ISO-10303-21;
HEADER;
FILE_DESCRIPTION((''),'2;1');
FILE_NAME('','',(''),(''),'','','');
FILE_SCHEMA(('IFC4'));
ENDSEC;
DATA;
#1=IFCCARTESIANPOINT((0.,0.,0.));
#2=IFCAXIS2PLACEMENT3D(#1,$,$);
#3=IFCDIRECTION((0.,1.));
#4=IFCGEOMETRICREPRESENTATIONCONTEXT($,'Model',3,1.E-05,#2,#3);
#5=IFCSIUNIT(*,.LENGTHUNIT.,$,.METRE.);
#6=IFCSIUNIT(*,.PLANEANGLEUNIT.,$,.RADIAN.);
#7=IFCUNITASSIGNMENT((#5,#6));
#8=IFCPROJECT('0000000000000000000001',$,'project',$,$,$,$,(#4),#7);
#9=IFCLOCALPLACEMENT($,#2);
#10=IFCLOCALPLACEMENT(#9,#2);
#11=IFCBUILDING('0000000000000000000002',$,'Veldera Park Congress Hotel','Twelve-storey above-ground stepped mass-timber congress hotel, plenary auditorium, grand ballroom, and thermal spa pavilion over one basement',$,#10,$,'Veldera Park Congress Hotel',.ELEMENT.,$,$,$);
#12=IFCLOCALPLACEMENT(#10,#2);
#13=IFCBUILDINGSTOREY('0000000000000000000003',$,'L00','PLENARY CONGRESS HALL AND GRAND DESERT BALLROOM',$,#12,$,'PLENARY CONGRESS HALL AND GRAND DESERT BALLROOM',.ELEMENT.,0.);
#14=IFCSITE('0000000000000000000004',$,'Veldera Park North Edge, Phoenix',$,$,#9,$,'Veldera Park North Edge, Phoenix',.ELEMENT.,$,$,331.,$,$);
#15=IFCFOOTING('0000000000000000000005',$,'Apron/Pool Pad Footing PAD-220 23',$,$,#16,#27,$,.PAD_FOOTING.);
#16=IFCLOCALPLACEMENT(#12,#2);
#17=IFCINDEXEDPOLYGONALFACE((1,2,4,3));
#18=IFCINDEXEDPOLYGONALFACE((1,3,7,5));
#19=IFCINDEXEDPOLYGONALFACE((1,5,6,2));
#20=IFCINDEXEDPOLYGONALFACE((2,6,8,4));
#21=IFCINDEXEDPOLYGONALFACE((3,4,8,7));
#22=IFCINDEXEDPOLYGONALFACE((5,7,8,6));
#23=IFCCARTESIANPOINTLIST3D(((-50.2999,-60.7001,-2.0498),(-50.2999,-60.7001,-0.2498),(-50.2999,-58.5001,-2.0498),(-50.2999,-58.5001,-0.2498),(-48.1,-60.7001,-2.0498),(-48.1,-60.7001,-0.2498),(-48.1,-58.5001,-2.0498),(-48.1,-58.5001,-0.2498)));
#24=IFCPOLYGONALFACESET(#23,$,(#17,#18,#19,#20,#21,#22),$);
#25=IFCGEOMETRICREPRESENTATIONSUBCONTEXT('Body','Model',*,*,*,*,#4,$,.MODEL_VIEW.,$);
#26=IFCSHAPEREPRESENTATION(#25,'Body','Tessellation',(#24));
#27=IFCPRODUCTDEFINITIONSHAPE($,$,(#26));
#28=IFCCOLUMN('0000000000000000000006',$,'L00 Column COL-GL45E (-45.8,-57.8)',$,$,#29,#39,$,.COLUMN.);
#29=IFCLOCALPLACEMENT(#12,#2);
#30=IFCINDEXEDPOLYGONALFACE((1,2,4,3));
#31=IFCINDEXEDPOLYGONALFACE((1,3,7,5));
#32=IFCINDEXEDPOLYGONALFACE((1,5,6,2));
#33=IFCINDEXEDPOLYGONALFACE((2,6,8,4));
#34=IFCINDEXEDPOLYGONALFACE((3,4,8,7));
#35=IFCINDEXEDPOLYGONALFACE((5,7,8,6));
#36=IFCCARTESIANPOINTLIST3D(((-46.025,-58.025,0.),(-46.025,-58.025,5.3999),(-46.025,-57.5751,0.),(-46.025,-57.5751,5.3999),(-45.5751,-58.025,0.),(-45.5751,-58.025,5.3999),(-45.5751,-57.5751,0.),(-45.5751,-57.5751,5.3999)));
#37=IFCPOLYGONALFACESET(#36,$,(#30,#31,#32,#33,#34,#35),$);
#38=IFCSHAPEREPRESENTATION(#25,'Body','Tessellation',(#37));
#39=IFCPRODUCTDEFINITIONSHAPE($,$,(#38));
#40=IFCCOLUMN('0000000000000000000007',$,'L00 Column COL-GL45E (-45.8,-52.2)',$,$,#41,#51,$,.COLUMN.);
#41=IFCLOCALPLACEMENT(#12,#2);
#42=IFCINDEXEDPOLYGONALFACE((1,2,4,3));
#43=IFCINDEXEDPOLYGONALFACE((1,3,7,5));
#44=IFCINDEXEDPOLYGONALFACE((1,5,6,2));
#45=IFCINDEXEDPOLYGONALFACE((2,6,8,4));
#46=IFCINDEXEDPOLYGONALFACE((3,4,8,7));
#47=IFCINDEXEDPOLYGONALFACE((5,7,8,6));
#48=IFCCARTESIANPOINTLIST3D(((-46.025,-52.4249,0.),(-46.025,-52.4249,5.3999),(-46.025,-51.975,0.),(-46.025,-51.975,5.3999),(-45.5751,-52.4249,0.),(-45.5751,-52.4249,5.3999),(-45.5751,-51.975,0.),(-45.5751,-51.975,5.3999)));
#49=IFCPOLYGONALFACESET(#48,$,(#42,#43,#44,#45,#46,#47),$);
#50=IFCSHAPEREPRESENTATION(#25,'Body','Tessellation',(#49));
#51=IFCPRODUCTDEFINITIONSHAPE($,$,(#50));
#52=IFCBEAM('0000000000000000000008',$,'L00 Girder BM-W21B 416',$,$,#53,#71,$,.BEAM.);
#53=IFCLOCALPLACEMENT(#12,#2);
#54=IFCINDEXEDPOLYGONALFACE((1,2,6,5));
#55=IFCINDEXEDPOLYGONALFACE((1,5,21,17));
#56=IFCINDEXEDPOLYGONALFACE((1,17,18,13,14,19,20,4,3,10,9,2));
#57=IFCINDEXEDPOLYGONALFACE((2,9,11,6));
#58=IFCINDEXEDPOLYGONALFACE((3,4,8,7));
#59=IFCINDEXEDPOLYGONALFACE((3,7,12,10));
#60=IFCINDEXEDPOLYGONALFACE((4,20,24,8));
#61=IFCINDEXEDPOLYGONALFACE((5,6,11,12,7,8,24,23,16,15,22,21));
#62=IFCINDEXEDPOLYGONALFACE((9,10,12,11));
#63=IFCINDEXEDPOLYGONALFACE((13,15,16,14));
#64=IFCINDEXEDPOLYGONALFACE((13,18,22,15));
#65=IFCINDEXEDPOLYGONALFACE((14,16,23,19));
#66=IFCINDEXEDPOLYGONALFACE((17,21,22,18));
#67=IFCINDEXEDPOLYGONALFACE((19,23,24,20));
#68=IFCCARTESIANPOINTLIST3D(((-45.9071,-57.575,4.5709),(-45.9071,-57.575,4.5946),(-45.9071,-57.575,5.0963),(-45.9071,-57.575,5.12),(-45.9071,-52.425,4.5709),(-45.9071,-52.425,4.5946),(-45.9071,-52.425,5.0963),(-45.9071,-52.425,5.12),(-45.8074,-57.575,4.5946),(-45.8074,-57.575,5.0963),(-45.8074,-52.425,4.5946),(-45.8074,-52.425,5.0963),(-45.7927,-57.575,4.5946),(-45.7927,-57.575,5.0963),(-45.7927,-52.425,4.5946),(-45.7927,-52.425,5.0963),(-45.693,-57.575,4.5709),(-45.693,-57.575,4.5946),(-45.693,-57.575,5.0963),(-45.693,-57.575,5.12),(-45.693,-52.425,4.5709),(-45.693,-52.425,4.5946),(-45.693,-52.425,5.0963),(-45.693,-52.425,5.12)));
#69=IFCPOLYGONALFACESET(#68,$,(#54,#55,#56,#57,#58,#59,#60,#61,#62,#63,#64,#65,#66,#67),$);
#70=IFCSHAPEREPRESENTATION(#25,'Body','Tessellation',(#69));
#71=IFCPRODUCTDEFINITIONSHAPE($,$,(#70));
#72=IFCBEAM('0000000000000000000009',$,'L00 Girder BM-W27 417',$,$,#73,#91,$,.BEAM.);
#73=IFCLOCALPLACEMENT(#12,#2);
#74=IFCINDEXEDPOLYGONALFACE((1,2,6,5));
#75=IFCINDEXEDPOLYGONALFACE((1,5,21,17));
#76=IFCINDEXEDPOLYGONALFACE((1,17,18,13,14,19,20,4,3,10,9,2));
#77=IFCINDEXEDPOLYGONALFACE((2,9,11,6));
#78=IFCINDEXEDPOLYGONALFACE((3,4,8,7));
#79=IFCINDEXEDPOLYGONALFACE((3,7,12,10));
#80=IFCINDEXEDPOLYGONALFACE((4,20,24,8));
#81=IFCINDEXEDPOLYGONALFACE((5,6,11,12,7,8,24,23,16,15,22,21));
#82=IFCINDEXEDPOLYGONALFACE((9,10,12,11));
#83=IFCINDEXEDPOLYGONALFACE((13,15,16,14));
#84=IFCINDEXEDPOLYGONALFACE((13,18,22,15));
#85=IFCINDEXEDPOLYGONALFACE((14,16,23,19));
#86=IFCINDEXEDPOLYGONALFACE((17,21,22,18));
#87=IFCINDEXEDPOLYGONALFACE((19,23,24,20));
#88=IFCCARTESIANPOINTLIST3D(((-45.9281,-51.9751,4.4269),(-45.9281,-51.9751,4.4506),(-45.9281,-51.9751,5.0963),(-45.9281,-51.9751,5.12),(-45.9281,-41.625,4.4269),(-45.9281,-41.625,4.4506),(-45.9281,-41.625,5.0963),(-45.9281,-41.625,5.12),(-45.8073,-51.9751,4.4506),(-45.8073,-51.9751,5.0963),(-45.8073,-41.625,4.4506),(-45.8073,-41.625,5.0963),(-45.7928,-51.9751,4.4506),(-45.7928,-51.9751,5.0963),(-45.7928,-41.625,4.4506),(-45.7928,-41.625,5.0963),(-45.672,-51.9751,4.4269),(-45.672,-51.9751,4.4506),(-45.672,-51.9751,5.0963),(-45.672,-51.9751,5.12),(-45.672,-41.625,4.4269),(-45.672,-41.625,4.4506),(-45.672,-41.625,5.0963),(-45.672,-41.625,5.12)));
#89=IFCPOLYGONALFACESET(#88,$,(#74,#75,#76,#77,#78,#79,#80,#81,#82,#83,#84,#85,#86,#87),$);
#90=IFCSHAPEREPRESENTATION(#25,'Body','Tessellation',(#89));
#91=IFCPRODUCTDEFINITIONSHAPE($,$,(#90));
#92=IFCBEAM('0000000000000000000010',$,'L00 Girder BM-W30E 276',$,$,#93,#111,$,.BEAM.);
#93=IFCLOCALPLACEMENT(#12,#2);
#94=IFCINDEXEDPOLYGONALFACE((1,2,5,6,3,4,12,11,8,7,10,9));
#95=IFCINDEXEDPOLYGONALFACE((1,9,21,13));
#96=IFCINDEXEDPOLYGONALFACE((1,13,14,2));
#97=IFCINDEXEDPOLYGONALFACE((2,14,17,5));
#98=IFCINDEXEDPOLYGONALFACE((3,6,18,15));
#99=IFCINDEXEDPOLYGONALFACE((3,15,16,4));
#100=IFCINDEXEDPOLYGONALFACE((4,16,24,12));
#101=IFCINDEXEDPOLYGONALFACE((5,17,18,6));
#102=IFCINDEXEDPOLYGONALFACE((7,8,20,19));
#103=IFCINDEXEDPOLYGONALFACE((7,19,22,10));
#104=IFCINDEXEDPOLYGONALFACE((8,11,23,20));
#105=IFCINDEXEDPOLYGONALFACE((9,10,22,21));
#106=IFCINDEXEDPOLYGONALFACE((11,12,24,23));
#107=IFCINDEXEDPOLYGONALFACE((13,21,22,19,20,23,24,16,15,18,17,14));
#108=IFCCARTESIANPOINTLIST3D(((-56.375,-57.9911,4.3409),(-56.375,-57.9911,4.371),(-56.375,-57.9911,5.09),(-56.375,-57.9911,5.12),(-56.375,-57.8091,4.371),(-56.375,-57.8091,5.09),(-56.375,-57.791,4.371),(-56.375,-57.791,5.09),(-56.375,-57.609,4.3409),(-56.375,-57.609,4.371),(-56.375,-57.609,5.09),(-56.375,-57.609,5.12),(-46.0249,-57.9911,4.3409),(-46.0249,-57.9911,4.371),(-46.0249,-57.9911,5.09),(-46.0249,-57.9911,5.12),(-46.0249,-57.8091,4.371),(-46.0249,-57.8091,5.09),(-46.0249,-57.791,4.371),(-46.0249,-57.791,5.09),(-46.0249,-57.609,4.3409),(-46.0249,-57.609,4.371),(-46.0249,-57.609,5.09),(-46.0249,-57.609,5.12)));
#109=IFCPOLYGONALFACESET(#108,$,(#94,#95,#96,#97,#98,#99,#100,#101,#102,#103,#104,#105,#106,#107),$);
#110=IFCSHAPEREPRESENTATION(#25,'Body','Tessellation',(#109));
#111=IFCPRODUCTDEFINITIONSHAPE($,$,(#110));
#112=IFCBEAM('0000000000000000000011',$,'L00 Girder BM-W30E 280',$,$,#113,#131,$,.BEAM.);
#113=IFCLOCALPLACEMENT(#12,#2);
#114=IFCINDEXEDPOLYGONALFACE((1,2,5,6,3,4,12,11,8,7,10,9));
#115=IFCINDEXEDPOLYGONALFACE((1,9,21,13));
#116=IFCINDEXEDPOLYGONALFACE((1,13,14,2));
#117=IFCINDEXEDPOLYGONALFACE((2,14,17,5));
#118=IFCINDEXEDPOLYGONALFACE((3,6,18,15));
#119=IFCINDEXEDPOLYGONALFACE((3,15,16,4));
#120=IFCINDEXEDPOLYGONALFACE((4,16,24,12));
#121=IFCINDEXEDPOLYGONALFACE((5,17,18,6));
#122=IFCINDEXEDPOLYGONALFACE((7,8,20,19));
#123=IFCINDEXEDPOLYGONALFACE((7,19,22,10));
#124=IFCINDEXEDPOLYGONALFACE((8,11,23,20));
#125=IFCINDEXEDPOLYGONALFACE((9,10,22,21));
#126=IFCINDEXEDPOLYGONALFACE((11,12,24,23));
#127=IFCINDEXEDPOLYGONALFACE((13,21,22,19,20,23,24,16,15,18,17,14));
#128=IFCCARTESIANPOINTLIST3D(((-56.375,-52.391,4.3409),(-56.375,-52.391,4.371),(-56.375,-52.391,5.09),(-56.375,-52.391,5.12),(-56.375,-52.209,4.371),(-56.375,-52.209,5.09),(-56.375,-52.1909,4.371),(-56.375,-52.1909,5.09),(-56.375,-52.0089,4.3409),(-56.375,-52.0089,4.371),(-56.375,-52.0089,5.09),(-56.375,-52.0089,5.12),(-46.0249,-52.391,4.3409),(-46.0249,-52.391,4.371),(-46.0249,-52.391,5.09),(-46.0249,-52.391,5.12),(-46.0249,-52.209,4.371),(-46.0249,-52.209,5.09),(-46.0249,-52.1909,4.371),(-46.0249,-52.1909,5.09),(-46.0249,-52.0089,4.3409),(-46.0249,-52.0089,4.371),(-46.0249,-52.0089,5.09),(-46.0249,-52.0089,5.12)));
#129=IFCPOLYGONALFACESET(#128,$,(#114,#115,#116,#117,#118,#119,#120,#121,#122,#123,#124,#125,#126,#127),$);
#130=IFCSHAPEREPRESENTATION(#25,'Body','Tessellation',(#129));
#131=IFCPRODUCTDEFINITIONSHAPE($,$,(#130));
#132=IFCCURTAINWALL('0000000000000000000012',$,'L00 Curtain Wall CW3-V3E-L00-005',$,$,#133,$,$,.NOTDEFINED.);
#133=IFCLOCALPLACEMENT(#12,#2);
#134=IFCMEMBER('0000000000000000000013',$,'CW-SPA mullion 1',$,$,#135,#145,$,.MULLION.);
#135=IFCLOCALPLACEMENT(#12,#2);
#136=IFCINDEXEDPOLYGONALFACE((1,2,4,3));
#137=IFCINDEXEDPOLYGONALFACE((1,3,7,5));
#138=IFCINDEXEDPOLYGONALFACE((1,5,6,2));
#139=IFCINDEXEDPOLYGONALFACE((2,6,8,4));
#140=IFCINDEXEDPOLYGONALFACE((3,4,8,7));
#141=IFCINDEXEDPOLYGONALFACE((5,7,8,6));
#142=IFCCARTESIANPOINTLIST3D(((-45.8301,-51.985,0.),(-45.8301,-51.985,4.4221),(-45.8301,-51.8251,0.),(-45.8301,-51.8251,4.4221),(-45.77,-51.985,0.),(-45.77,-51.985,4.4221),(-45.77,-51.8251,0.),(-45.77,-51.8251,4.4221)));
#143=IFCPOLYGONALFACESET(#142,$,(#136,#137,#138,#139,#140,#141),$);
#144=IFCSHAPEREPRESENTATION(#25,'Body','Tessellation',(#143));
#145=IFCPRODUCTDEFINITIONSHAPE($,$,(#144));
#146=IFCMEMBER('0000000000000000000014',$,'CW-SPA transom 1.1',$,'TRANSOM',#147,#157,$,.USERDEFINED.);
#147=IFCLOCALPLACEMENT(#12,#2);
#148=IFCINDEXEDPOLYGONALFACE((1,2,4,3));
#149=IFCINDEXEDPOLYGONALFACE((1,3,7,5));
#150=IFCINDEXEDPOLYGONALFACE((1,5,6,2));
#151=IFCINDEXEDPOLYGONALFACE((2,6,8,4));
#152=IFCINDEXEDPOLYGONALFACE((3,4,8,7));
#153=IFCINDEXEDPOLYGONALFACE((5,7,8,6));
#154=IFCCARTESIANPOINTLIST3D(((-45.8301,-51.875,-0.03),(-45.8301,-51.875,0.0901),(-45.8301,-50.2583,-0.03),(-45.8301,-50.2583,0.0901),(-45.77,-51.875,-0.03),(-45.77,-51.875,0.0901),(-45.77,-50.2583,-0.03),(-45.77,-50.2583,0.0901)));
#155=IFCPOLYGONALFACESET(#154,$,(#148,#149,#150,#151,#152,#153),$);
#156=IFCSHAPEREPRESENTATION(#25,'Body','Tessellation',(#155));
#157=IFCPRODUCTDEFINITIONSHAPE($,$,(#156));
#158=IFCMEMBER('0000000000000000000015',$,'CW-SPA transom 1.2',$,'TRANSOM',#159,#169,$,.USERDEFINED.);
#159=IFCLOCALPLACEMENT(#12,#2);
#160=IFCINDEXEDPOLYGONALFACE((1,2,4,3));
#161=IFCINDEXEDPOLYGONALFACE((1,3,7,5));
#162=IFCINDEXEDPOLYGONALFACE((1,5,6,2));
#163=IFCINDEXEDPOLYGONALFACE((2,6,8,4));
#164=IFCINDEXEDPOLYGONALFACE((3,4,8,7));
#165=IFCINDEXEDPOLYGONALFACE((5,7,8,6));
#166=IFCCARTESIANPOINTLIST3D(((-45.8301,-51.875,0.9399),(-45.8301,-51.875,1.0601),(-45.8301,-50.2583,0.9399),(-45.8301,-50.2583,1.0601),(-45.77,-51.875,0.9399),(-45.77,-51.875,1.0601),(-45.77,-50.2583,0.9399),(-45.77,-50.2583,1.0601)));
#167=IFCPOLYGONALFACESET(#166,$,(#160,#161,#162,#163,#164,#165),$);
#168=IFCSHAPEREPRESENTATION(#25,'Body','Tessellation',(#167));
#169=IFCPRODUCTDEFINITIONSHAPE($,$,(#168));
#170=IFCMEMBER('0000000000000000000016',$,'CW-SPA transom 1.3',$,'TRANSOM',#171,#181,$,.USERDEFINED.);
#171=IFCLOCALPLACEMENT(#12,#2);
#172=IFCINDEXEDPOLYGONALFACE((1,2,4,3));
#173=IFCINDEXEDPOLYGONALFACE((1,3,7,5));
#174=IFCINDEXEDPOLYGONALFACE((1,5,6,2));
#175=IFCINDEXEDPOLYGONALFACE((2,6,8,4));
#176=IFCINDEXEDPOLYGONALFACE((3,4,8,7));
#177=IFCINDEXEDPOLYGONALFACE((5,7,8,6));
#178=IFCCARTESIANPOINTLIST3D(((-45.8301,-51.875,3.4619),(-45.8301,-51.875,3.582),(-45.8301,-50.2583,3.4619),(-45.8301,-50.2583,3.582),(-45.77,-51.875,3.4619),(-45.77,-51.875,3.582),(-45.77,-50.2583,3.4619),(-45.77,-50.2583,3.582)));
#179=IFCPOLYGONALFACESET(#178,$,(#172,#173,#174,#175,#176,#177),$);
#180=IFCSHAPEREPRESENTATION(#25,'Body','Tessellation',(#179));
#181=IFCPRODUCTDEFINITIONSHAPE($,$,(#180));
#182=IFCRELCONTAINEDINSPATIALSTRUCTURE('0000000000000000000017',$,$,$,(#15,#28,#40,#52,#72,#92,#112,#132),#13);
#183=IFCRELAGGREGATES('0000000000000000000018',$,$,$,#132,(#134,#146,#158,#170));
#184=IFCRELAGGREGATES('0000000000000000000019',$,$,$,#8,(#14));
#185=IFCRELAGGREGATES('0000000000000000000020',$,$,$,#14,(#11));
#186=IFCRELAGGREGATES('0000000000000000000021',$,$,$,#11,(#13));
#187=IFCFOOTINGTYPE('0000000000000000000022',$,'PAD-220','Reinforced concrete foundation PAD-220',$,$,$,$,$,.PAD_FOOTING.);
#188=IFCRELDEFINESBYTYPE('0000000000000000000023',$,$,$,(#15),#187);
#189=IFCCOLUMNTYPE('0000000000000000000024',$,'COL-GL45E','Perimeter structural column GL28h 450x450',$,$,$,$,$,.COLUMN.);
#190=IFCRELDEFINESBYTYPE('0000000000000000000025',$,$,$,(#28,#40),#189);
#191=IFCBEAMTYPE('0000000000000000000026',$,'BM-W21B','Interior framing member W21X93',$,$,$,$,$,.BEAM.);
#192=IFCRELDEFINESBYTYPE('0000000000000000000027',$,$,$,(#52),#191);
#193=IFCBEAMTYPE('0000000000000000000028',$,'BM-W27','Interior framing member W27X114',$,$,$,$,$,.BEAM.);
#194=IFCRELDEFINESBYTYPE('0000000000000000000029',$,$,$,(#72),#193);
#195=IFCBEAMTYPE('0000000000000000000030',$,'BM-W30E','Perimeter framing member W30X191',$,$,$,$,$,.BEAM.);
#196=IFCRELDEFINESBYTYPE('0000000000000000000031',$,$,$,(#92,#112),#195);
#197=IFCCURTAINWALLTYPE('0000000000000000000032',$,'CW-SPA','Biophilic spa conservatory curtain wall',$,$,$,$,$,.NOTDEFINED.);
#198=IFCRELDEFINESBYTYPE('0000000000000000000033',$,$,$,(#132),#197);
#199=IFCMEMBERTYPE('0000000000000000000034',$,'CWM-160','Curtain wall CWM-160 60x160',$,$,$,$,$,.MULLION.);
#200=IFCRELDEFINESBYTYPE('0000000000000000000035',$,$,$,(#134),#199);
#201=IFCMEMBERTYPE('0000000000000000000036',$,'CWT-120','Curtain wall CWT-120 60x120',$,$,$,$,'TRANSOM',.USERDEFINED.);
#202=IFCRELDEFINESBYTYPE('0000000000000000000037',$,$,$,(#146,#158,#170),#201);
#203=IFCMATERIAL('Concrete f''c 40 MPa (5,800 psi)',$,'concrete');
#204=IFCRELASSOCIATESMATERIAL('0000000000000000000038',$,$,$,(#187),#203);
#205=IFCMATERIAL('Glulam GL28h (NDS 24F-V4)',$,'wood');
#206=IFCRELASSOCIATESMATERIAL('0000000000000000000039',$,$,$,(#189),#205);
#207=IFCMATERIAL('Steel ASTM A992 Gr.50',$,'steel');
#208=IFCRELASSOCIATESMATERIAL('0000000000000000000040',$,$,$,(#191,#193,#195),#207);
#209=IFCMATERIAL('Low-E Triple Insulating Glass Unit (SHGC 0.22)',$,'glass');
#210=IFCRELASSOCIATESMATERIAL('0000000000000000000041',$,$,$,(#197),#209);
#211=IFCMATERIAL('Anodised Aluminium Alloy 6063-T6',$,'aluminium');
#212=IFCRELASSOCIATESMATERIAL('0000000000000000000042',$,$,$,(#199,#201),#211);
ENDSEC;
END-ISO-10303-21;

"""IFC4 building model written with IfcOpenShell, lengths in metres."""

from ifc_helpers import new_model, si_unit, direction, frame, origin, origin_2d, place, context, subcontext, project, spatial, rectangle, i_section, extrude, material, material_profile, profile_set, type_object, element, aggregate, save


model = new_model("IFC4")

# Units and contexts
model_context = context("Model", 3, precision=1e-05, world=origin(), true_north=direction((0.0, 1.0)))
body_context = subcontext(model_context, "Body", "Model", "MODEL_VIEW")
ifc_project = project(units=[si_unit("LENGTHUNIT", "METRE"), si_unit("PLANEANGLEUNIT", "RADIAN")], contexts=[model_context])

# Site, building, storey
site_placement = place(None, origin())
site = spatial("IfcSite", under=ifc_project, at=site_placement, Name="Veldera Park North Edge, Phoenix", LongName="Veldera Park North Edge, Phoenix", CompositionType="ELEMENT", RefElevation=331.0)
building_placement = place(site_placement, origin())
building = spatial("IfcBuilding", under=site, at=building_placement, Name="Veldera Park Congress Hotel", Description="Twelve-storey above-ground stepped mass-timber congress hotel, plenary auditorium, grand ballroom, and thermal spa pavilion over one basement", LongName="Veldera Park Congress Hotel", CompositionType="ELEMENT")
storey_placement = place(building_placement, origin())
storey = spatial("IfcBuildingStorey", under=building, at=storey_placement, Name="L00", Description="PLENARY CONGRESS HALL AND GRAND DESERT BALLROOM", LongName="PLENARY CONGRESS HALL AND GRAND DESERT BALLROOM", CompositionType="ELEMENT", Elevation=0.0)

# Footing
ifc_material_1 = material(Name="Concrete f'c 40 MPa (5,800 psi)", Category="concrete")
footing_type = type_object("IfcFootingType", Name="PAD-220", Description="Reinforced concrete foundation PAD-220", PredefinedType="PAD_FOOTING", material=ifc_material_1)
footing_placement = place(storey_placement, frame((-49.2, -59.6001, -2.0498), z_axis=(0.0, 0.0, 1.0), x_axis=(1.0, 0.0, 0.0)))
element("IfcFooting", 1, at=footing_placement, inside=storey, type_object=footing_type, Name="Apron/Pool Pad Footing PAD-220 23", PredefinedType="PAD_FOOTING", context=body_context, shape_type="SweptSolid", body=[
    extrude(rectangle(XDim=2.2, YDim=2.2, at=origin_2d()), origin(), (0.0, 0.0, 1.0), 1.8),
])

# Columns
ifc_material_2 = material(Name="Glulam GL28h (NDS 24F-V4)", Category="wood")
ifc_material_profile_1 = material_profile(ifc_material_2, rectangle(XDim=0.45, YDim=0.45, at=origin_2d()), Name="GL28h 450x450")
ifc_profile_set_1 = profile_set([ifc_material_profile_1], Name="Glulam GL28h (NDS 24F-V4)")
column_type = type_object("IfcColumnType", Name="COL-GL45E", Description="Perimeter structural column GL28h 450x450", PredefinedType="COLUMN", material=ifc_profile_set_1)
for number, where, z_axis, x_axis, name in (
    (2, (-45.8, -57.8, 0.0), (0.0, 0.0, 1.0), (1.0, 0.0, 0.0), "L00 Column COL-GL45E (-45.8,-57.8)"),
    (3, (-45.8, -52.2, 0.0), (0.0, 0.0, 1.0), (1.0, 0.0, 0.0), "L00 Column COL-GL45E (-45.8,-52.2)"),
):
    element("IfcColumn", number, at=place(storey_placement, frame(where, z_axis=z_axis, x_axis=x_axis)), inside=storey, type_object=column_type, Name=name, PredefinedType="COLUMN", context=body_context, shape_type="SweptSolid", body=[
        extrude(rectangle(XDim=0.45, YDim=0.45, at=origin_2d()), origin(), (0.0, 0.0, 1.0), 5.3999),
    ])

# Beams
ifc_material_3 = material(Name="Steel ASTM A992 Gr.50", Category="steel")
ifc_material_profile_2 = material_profile(ifc_material_3, i_section(OverallWidth=0.2141, OverallDepth=0.5491, WebThickness=0.0146, FlangeThickness=0.0237, at=origin_2d()), Name="W21X93")
ifc_profile_set_2 = profile_set([ifc_material_profile_2], Name="Steel ASTM A992 Gr.50")
beam_type_1 = type_object("IfcBeamType", Name="BM-W21B", Description="Interior framing member W21X93", PredefinedType="BEAM", material=ifc_profile_set_2)
beam_1_placement = place(storey_placement, frame((-45.8, -57.575, 4.8455), z_axis=(0.0, 1.0, 0.0), x_axis=(-1.0, 0.0, 0.0)))
element("IfcBeam", 4, at=beam_1_placement, inside=storey, type_object=beam_type_1, Name="L00 Girder BM-W21B 416", PredefinedType="BEAM", context=body_context, shape_type="SweptSolid", body=[
    extrude(i_section(OverallWidth=0.2141, OverallDepth=0.5491, WebThickness=0.0146, FlangeThickness=0.0237, at=origin_2d()), origin(), (0.0, 0.0, 1.0), 5.1499),
])
ifc_material_profile_3 = material_profile(ifc_material_3, i_section(OverallWidth=0.2561, OverallDepth=0.6931, WebThickness=0.0144, FlangeThickness=0.0237, at=origin_2d()), Name="W27X114")
ifc_profile_set_3 = profile_set([ifc_material_profile_3], Name="Steel ASTM A992 Gr.50")
beam_type_2 = type_object("IfcBeamType", Name="BM-W27", Description="Interior framing member W27X114", PredefinedType="BEAM", material=ifc_profile_set_3)
beam_2_placement = place(storey_placement, frame((-45.8, -51.9751, 4.7734), z_axis=(0.0, 1.0, 0.0), x_axis=(-1.0, 0.0, 0.0)))
element("IfcBeam", 5, at=beam_2_placement, inside=storey, type_object=beam_type_2, Name="L00 Girder BM-W27 417", PredefinedType="BEAM", context=body_context, shape_type="SweptSolid", body=[
    extrude(i_section(OverallWidth=0.2561, OverallDepth=0.6931, WebThickness=0.0144, FlangeThickness=0.0237, at=origin_2d()), origin(), (0.0, 0.0, 1.0), 10.3501),
])
ifc_material_profile_4 = material_profile(ifc_material_3, i_section(OverallWidth=0.3821, OverallDepth=0.7791, WebThickness=0.0181, FlangeThickness=0.03, at=origin_2d()), Name="W30X191")
ifc_profile_set_4 = profile_set([ifc_material_profile_4], Name="Steel ASTM A992 Gr.50")
beam_type_3 = type_object("IfcBeamType", Name="BM-W30E", Description="Perimeter framing member W30X191", PredefinedType="BEAM", material=ifc_profile_set_4)
for number, where, z_axis, x_axis, name in (
    (6, (-56.375, -57.8, 4.7305), (1.0, 0.0, 0.0), (0.0, 1.0, 0.0), "L00 Girder BM-W30E 276"),
    (7, (-56.375, -52.2, 4.7305), (1.0, 0.0, 0.0), (0.0, 1.0, 0.0), "L00 Girder BM-W30E 280"),
):
    element("IfcBeam", number, at=place(storey_placement, frame(where, z_axis=z_axis, x_axis=x_axis)), inside=storey, type_object=beam_type_3, Name=name, PredefinedType="BEAM", context=body_context, shape_type="SweptSolid", body=[
        extrude(i_section(OverallWidth=0.3821, OverallDepth=0.7791, WebThickness=0.0181, FlangeThickness=0.03, at=origin_2d()), origin(), (0.0, 0.0, 1.0), 10.3501),
    ])

# Curtain wall, members
ifc_material_4 = material(Name="Low-E Triple Insulating Glass Unit (SHGC 0.22)", Category="glass")
curtain_wall_type = type_object("IfcCurtainWallType", Name="CW-SPA", Description="Biophilic spa conservatory curtain wall", PredefinedType="NOTDEFINED", material=ifc_material_4)
curtain_wall_placement = place(storey_placement, origin())
curtain_wall = element("IfcCurtainWall", 8, at=curtain_wall_placement, inside=storey, type_object=curtain_wall_type, Name="L00 Curtain Wall CW3-V3E-L00-005", PredefinedType="NOTDEFINED")
ifc_material_5 = material(Name="Anodised Aluminium Alloy 6063-T6", Category="aluminium")
ifc_material_profile_5 = material_profile(ifc_material_5, rectangle(XDim=0.0601, YDim=0.1599, at=origin_2d()), Name="ALU 60x160")
ifc_profile_set_5 = profile_set([ifc_material_profile_5], Name="Anodised Aluminium Alloy 6063-T6")
member_type_1 = type_object("IfcMemberType", Name="CWM-160", Description="Curtain wall CWM-160 60x160", PredefinedType="MULLION", material=ifc_profile_set_5)
member_1_placement = place(storey_placement, frame((-45.8, -51.905, 0.0), z_axis=(0.0, 0.0, 1.0), x_axis=(-1.0, 0.0, 0.0)))
member_1 = element("IfcMember", 9, at=member_1_placement, type_object=member_type_1, Name="CW-SPA mullion 1", PredefinedType="MULLION", context=body_context, shape_type="SweptSolid", body=[
    extrude(rectangle(XDim=0.0601, YDim=0.1599, at=origin_2d()), origin(), (0.0, 0.0, 1.0), 4.4221),
])
ifc_material_profile_6 = material_profile(ifc_material_5, rectangle(XDim=0.0601, YDim=0.1201, at=origin_2d()), Name="ALU 60x120")
ifc_profile_set_6 = profile_set([ifc_material_profile_6], Name="Anodised Aluminium Alloy 6063-T6")
member_type_2 = type_object("IfcMemberType", Name="CWT-120", Description="Curtain wall CWT-120 60x120", ElementType="TRANSOM", PredefinedType="USERDEFINED", material=ifc_profile_set_6)
member_2_placement = place(storey_placement, frame((-45.8, -51.875, 0.03), z_axis=(0.0, 1.0, 0.0), x_axis=(-1.0, 0.0, 0.0)))
member_2 = element("IfcMember", 10, at=member_2_placement, type_object=member_type_2, Name="CW-SPA transom 1.1", ObjectType="TRANSOM", PredefinedType="USERDEFINED", context=body_context, shape_type="SweptSolid", body=[
    extrude(rectangle(XDim=0.0601, YDim=0.1201, at=origin_2d()), origin(), (0.0, 0.0, 1.0), 1.6167),
])
member_3_placement = place(storey_placement, frame((-45.8, -51.875, 1.0), z_axis=(0.0, 1.0, 0.0), x_axis=(-1.0, 0.0, 0.0)))
member_3 = element("IfcMember", 11, at=member_3_placement, type_object=member_type_2, Name="CW-SPA transom 1.2", ObjectType="TRANSOM", PredefinedType="USERDEFINED", context=body_context, shape_type="SweptSolid", body=[
    extrude(rectangle(XDim=0.0601, YDim=0.1201, at=origin_2d()), origin(), (0.0, 0.0, 1.0), 1.6167),
])
member_4_placement = place(storey_placement, frame((-45.8, -51.875, 3.522), z_axis=(0.0, 1.0, 0.0), x_axis=(-1.0, 0.0, 0.0)))
member_4 = element("IfcMember", 12, at=member_4_placement, type_object=member_type_2, Name="CW-SPA transom 1.3", ObjectType="TRANSOM", PredefinedType="USERDEFINED", context=body_context, shape_type="SweptSolid", body=[
    extrude(rectangle(XDim=0.0601, YDim=0.1201, at=origin_2d()), origin(), (0.0, 0.0, 1.0), 1.6167),
])

aggregate(curtain_wall, [member_1, member_2, member_3, member_4])

save(model, "model.ifc")
